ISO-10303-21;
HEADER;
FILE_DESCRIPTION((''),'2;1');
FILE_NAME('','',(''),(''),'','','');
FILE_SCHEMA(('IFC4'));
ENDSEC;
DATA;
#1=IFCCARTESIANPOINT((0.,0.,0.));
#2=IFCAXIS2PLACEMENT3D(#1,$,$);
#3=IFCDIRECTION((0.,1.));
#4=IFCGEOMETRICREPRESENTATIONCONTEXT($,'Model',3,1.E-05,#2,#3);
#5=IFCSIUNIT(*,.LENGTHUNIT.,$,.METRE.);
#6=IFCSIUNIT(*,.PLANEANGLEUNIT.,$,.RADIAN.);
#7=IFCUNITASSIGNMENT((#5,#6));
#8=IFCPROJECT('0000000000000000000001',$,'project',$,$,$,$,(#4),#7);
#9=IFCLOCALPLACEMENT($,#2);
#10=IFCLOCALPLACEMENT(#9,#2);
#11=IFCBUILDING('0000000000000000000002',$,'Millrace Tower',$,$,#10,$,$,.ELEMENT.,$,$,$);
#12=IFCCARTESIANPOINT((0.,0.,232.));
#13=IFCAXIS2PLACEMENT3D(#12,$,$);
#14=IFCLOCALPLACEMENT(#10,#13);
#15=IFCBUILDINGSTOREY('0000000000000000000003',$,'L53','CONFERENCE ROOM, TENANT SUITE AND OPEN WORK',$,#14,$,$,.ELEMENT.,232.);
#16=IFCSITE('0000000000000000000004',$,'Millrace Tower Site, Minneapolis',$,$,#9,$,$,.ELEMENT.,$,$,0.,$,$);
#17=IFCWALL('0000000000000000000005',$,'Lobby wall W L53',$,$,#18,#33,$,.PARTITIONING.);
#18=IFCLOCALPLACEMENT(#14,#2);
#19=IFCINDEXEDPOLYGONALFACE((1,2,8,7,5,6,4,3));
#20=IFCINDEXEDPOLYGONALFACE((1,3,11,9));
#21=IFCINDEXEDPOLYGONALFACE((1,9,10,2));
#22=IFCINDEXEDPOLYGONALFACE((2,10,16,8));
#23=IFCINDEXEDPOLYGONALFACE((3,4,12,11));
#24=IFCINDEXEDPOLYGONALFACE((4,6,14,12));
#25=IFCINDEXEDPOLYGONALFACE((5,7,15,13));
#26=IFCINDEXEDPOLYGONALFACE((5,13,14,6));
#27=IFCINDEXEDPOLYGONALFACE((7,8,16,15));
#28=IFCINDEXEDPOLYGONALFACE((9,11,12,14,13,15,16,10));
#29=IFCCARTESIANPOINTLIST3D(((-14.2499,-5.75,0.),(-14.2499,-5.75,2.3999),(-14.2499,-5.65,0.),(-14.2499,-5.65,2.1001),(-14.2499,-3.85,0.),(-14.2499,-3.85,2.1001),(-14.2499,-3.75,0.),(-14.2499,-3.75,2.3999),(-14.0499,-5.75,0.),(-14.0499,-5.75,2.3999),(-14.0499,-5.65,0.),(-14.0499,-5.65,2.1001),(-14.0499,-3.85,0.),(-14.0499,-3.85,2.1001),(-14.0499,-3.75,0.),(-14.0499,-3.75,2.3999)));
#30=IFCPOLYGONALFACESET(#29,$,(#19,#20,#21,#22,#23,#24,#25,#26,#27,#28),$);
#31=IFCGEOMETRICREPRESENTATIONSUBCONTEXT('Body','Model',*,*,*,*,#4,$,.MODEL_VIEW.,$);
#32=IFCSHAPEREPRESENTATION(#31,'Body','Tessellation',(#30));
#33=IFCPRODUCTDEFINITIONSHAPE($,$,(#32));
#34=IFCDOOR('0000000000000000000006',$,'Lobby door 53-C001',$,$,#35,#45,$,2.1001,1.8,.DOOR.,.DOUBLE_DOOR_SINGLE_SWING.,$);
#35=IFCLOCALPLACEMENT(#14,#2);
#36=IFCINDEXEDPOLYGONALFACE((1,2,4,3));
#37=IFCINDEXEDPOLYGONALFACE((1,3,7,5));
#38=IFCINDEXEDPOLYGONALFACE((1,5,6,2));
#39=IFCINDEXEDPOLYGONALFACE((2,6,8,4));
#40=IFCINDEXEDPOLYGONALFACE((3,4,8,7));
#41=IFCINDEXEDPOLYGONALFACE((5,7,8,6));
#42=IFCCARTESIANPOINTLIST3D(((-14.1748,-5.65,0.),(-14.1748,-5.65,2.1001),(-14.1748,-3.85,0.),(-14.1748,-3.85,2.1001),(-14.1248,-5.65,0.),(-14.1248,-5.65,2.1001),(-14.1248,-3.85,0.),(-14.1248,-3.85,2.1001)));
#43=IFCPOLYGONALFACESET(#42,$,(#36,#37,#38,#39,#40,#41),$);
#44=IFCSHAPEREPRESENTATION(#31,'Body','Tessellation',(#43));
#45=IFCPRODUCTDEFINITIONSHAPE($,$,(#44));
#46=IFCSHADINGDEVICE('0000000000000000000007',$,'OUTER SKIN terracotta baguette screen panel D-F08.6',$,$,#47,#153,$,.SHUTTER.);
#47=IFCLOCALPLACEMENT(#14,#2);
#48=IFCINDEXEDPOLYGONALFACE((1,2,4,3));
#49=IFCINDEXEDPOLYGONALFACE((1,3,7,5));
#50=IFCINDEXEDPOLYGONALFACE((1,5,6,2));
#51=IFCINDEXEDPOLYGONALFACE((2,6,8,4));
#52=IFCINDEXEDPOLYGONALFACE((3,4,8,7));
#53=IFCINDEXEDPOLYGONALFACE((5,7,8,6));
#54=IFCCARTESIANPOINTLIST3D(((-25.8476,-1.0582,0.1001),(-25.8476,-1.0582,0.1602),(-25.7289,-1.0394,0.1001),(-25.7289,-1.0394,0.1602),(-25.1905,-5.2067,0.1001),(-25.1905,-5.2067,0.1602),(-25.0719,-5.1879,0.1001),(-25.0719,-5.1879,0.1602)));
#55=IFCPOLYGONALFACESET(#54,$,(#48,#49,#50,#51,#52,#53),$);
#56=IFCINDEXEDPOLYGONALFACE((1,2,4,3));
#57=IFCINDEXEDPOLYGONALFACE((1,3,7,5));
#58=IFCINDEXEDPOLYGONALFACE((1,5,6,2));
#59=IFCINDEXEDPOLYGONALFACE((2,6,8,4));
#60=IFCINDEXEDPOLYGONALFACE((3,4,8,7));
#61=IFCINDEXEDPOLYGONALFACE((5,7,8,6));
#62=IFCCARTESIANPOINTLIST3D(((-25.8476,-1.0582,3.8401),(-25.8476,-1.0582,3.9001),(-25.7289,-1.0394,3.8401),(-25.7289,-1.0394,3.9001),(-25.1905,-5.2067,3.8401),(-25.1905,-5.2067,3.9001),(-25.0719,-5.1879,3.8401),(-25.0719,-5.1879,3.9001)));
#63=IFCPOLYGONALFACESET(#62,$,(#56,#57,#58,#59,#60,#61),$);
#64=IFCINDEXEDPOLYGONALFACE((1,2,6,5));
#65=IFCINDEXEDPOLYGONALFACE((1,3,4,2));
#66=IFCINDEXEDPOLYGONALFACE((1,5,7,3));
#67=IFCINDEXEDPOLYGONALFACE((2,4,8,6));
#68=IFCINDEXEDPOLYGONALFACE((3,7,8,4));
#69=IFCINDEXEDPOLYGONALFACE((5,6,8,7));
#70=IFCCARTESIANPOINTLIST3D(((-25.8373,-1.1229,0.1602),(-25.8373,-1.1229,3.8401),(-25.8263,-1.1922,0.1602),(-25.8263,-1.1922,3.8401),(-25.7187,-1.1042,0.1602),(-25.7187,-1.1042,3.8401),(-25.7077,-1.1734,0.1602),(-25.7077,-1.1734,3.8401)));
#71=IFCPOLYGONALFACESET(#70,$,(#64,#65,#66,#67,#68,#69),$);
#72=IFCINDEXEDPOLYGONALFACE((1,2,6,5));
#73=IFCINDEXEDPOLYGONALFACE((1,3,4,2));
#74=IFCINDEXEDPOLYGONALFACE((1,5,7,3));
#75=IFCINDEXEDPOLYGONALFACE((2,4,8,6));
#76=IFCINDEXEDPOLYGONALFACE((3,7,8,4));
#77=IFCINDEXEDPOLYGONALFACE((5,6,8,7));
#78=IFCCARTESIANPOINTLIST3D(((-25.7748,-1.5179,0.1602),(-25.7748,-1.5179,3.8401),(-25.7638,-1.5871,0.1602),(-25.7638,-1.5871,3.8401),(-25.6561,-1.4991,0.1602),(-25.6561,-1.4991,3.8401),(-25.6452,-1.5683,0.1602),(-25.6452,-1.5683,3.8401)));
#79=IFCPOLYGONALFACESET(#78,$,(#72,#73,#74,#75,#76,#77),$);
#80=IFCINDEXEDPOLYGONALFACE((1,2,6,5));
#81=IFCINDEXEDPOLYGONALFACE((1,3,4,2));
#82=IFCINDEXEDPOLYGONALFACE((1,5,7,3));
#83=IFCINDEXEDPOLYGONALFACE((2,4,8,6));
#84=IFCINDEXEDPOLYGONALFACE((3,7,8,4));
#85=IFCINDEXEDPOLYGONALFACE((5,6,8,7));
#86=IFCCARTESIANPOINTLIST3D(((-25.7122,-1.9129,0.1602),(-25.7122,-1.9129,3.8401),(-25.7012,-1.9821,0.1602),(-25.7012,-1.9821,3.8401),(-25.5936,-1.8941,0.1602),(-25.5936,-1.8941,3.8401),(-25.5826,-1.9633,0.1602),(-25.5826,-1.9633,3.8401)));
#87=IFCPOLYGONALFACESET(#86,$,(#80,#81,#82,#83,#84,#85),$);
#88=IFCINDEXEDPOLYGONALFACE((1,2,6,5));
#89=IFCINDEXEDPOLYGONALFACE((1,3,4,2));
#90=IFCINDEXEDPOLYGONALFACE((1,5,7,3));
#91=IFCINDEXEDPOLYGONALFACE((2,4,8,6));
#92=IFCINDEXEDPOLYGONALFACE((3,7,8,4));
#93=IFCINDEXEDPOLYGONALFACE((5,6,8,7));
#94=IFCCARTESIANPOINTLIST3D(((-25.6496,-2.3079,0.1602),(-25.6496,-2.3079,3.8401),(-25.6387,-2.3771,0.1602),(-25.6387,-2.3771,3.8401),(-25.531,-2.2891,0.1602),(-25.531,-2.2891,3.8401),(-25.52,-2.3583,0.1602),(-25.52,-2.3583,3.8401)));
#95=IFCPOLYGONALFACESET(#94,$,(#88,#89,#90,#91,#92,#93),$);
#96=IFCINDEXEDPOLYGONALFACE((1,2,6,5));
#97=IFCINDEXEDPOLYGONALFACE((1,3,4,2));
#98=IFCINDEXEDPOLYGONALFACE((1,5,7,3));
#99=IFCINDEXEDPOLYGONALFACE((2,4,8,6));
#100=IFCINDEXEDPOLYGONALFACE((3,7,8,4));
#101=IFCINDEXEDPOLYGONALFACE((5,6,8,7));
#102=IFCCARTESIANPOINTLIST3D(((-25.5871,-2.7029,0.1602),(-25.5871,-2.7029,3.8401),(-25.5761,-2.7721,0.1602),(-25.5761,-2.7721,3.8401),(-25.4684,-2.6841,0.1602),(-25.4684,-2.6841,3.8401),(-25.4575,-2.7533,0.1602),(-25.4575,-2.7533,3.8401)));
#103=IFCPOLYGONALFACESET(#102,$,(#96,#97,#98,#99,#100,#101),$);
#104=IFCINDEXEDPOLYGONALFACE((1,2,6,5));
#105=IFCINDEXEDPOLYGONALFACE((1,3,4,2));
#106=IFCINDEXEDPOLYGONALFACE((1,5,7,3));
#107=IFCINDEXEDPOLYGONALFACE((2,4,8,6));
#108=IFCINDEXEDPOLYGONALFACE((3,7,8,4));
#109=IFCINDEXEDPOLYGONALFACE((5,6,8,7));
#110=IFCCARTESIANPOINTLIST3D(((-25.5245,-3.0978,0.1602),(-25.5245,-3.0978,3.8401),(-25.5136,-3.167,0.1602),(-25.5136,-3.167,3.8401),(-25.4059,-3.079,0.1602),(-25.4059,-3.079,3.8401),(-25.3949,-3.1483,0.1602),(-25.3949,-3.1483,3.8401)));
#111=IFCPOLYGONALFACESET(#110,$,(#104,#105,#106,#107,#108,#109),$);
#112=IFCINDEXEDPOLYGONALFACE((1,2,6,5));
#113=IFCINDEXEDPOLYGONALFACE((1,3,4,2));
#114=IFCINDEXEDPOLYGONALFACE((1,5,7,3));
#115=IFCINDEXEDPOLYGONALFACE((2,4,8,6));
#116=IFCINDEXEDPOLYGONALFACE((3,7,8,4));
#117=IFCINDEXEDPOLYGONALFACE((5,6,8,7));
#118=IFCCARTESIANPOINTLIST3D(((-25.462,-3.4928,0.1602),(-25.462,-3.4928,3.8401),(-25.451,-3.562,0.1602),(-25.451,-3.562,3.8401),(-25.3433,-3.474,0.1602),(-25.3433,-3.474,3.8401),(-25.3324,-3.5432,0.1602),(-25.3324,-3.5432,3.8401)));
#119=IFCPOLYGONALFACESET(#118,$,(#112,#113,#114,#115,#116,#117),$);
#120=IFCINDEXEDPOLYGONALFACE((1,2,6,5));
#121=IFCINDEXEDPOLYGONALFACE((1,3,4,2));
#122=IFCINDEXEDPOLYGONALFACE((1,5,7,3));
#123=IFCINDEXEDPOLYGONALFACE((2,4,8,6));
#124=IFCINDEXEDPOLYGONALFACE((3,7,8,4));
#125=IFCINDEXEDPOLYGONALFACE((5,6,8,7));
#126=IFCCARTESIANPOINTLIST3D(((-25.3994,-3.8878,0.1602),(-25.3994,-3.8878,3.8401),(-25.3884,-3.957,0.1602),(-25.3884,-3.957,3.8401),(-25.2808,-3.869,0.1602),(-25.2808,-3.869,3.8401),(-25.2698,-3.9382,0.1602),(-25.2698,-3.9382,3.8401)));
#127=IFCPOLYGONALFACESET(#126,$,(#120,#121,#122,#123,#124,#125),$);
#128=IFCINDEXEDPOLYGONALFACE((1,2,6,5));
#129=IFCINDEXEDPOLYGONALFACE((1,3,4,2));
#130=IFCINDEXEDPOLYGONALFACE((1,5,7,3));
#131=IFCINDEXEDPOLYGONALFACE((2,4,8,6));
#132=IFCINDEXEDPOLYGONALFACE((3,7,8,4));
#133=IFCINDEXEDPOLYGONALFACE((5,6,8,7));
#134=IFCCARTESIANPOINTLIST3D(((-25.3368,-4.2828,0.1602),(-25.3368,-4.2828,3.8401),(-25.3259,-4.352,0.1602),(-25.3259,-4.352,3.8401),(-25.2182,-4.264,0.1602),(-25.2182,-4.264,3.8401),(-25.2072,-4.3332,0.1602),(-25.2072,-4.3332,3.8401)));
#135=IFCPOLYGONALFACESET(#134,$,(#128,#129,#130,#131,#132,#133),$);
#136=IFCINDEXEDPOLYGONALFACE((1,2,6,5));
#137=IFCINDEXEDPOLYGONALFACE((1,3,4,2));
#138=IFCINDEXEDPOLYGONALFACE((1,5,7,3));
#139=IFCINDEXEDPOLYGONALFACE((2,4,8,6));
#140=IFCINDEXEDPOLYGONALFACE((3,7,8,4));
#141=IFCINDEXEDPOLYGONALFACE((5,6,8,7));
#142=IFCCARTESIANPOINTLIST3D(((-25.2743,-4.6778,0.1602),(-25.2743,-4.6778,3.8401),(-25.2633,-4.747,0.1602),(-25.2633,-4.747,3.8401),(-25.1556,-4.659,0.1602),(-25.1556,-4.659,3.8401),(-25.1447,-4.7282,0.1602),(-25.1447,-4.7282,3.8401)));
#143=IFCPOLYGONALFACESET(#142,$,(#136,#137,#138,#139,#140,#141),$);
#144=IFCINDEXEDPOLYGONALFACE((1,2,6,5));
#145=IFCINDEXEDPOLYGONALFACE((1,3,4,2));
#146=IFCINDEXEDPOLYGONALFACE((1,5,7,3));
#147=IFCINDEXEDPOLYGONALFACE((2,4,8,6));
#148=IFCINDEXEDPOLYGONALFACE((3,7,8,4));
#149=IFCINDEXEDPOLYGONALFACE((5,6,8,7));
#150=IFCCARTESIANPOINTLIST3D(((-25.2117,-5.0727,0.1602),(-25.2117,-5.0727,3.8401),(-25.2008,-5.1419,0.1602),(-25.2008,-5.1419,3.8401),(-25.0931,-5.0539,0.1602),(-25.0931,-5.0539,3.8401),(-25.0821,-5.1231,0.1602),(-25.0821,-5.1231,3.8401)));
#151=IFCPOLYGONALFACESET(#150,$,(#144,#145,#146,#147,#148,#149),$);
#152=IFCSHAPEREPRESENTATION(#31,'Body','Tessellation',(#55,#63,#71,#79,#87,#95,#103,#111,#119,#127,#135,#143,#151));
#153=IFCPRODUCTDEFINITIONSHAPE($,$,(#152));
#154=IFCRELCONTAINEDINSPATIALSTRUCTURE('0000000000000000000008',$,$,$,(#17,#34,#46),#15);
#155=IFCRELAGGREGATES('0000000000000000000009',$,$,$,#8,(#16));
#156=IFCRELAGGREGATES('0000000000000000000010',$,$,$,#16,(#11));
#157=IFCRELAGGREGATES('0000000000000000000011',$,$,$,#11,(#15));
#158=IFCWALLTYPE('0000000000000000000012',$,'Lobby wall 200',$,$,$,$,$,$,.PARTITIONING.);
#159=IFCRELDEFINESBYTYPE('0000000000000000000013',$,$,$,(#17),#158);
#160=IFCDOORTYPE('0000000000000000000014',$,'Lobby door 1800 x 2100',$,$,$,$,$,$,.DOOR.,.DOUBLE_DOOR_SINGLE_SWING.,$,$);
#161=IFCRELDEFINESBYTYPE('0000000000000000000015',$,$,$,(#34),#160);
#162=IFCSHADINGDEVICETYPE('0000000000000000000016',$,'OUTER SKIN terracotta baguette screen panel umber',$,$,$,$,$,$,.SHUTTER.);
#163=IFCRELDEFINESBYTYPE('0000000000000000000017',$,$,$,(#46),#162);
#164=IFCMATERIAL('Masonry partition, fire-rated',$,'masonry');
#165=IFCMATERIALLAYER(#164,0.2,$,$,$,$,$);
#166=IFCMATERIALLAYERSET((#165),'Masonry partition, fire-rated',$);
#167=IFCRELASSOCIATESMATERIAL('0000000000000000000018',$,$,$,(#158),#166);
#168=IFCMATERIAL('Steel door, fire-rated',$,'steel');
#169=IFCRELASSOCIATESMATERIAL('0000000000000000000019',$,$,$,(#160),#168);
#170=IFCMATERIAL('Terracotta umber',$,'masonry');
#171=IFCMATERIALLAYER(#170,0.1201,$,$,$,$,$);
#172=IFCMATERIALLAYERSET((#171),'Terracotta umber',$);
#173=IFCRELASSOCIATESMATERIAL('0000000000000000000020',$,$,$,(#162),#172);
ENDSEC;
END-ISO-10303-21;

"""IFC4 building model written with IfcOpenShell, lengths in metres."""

from ifc_helpers import new_model, entity, si_unit, direction, frame, frame_2d, origin, origin_2d, place, context, subcontext, project, spatial, rectangle, extrude, source, transform, mapped, material, layer, layer_set, type_object, element, fill, save


model = new_model("IFC4")

# Units and contexts
model_context = context("Model", 3, precision=1e-05, world=origin(), true_north=direction((0.0, 1.0)))
body_context = subcontext(model_context, "Body", "Model", "MODEL_VIEW")
ifc_project = project(units=[si_unit("LENGTHUNIT", "METRE"), si_unit("PLANEANGLEUNIT", "RADIAN")], contexts=[model_context])

# Site, building, storey
site_placement = place(None, origin())
site = spatial("IfcSite", under=ifc_project, at=site_placement, Name="Millrace Tower Site, Minneapolis", CompositionType="ELEMENT", RefElevation=0.0)
building_placement = place(site_placement, origin())
building = spatial("IfcBuilding", under=site, at=building_placement, Name="Millrace Tower", CompositionType="ELEMENT")
storey_placement = place(building_placement, frame((0.0, 0.0, 232.0)))
storey = spatial("IfcBuildingStorey", under=building, at=storey_placement, Name="L53", Description="CONFERENCE ROOM, TENANT SUITE AND OPEN WORK", CompositionType="ELEMENT", Elevation=232.0)

# Wall, opening, door
ifc_material_1 = material(Name="Masonry partition, fire-rated", Category="masonry")
ifc_layer_1 = layer(ifc_material_1, 0.2)
ifc_layer_set_1 = layer_set([ifc_layer_1], Name="Masonry partition, fire-rated")
wall_type_1 = type_object("IfcWallType", Name="Lobby wall 200", PredefinedType="PARTITIONING", material=ifc_layer_set_1)
wall_1_placement = place(storey_placement, frame((-14.1499, -5.75, 0.0), z_axis=(0.0, 0.0, 1.0), x_axis=(0.0, 1.0, 0.0)))
wall_1 = element("IfcWall", 1, at=wall_1_placement, inside=storey, type_object=wall_type_1, Name="Lobby wall W L53", PredefinedType="PARTITIONING", context=body_context, shape_type="SweptSolid", body=[
    extrude(rectangle(XDim=2.0, YDim=0.2, at=frame_2d((1.0, 0.0))), origin(), (0.0, 0.0, 1.0), 2.3999),
])
opening_1_placement = place(wall_1_placement, frame((0.1001, 0.0, 0.0)))
opening_1 = element("IfcOpeningElement", 2, at=opening_1_placement, cuts=wall_1, PredefinedType="OPENING", context=body_context, shape_type="SweptSolid", body=[
    extrude(rectangle(XDim=1.8, YDim=2.1001, at=frame_2d((0.8999, 1.05))), frame((0.0, 0.1099, 0.0), z_axis=(0.0, -1.0, 0.0), x_axis=(1.0, 0.0, 0.0)), (0.0, 0.0, 1.0), 0.22),
])
ifc_material_2 = material(Name="Steel door, fire-rated", Category="steel")
door_type_1 = type_object("IfcDoorType", Name="Lobby door 1800 x 2100", OperationType="DOUBLE_DOOR_SINGLE_SWING", PredefinedType="DOOR", material=ifc_material_2)
door_1_placement = place(opening_1_placement, origin())
door_1 = element("IfcDoor", 3, at=door_1_placement, inside=storey, type_object=door_type_1, Name="Lobby door 53-C001", OperationType="DOUBLE_DOOR_SINGLE_SWING", OverallHeight=2.1001, OverallWidth=1.8, PredefinedType="DOOR", context=body_context, shape_type="SweptSolid", body=[
    extrude(rectangle(XDim=1.8, YDim=2.1001, at=frame_2d((0.8999, 1.05))), frame((0.0, 0.0249, 0.0), z_axis=(0.0, -1.0, 0.0), x_axis=(1.0, 0.0, 0.0)), (0.0, 0.0, 1.0), 0.05),
])
fill(opening_1, door_1)

# Shading device
ifc_material_3 = material(Name="Terracotta umber", Category="masonry")
ifc_layer_2 = layer(ifc_material_3, 0.1201)
ifc_layer_set_2 = layer_set([ifc_layer_2], Name="Terracotta umber")
shading_device_type = type_object("IfcShadingDeviceType", Name="OUTER SKIN terracotta baguette screen panel umber", PredefinedType="SHUTTER", material=ifc_layer_set_2)
cartesian_point = entity("IfcCartesianPoint", [-2.1001, 0.0601])
shared_polyline = entity("IfcPolyline", [cartesian_point, entity("IfcCartesianPoint", [2.1001, 0.0601]), entity("IfcCartesianPoint", [2.1001, -0.0601]), entity("IfcCartesianPoint", [-2.1001, -0.0601]), cartesian_point])
shared_shape = source(origin(), body_context, "Body", "SweptSolid", [
    entity("IfcExtrudedAreaSolid", entity("IfcArbitraryClosedProfileDef", "AREA", None, shared_polyline), entity("IfcAxis2Placement3D", entity("IfcCartesianPoint", [0.0, 0.0, 0.0])), entity("IfcDirection", [0.0, 0.0, 1.0]), 0.0601),
    entity("IfcExtrudedAreaSolid", entity("IfcArbitraryClosedProfileDef", "AREA", None, shared_polyline), entity("IfcAxis2Placement3D", entity("IfcCartesianPoint", [0.0, 0.0, 3.74])), entity("IfcDirection", [0.0, 0.0, 1.0]), 0.0601),
    extrude(rectangle(XDim=0.0701, YDim=0.1201, at=frame_2d((-1.9995, 0.0))), frame((0.0, 0.0, 0.0601)), (0.0, 0.0, 1.0), 3.6799),
    extrude(rectangle(XDim=0.0701, YDim=0.1201, at=frame_2d((-1.5996, 0.0))), frame((0.0, 0.0, 0.0601)), (0.0, 0.0, 1.0), 3.6799),
    extrude(rectangle(XDim=0.0701, YDim=0.1201, at=frame_2d((-1.1997, 0.0))), frame((0.0, 0.0, 0.0601)), (0.0, 0.0, 1.0), 3.6799),
    extrude(rectangle(XDim=0.0701, YDim=0.1201, at=frame_2d((-0.7998, 0.0))), frame((0.0, 0.0, 0.0601)), (0.0, 0.0, 1.0), 3.6799),
    extrude(rectangle(XDim=0.0701, YDim=0.1201, at=frame_2d((-0.3999, 0.0))), frame((0.0, 0.0, 0.0601)), (0.0, 0.0, 1.0), 3.6799),
    extrude(rectangle(XDim=0.0701, YDim=0.1201, at=origin_2d()), frame((0.0, 0.0, 0.0601)), (0.0, 0.0, 1.0), 3.6799),
    extrude(rectangle(XDim=0.0701, YDim=0.1201, at=frame_2d((0.3999, 0.0))), frame((0.0, 0.0, 0.0601)), (0.0, 0.0, 1.0), 3.6799),
    extrude(rectangle(XDim=0.0701, YDim=0.1201, at=frame_2d((0.7998, 0.0))), frame((0.0, 0.0, 0.0601)), (0.0, 0.0, 1.0), 3.6799),
    extrude(rectangle(XDim=0.0701, YDim=0.1201, at=frame_2d((1.1997, 0.0))), frame((0.0, 0.0, 0.0601)), (0.0, 0.0, 1.0), 3.6799),
    extrude(rectangle(XDim=0.0701, YDim=0.1201, at=frame_2d((1.5996, 0.0))), frame((0.0, 0.0, 0.0601)), (0.0, 0.0, 1.0), 3.6799),
    extrude(rectangle(XDim=0.0701, YDim=0.1201, at=frame_2d((1.9995, 0.0))), frame((0.0, 0.0, 0.0601)), (0.0, 0.0, 1.0), 3.6799),
])
for number, where, z_axis, x_axis, name in (
    (4, (-25.4597, -3.123, 0.1001), (0.0, 0.0, 1.0), (0.156434, -0.987688, 0.0), "OUTER SKIN terracotta baguette screen panel D-F08.6"),
):
    element("IfcShadingDevice", number, at=place(storey_placement, frame(where, z_axis=z_axis, x_axis=x_axis)), inside=storey, type_object=shading_device_type, Name=name, PredefinedType="SHUTTER", context=body_context, shape_type="MappedRepresentation", body=[
        mapped(shared_shape, transform((0.0, 0.0, 0.0), scale=1.0)),
    ])

save(model, "model.ifc")
